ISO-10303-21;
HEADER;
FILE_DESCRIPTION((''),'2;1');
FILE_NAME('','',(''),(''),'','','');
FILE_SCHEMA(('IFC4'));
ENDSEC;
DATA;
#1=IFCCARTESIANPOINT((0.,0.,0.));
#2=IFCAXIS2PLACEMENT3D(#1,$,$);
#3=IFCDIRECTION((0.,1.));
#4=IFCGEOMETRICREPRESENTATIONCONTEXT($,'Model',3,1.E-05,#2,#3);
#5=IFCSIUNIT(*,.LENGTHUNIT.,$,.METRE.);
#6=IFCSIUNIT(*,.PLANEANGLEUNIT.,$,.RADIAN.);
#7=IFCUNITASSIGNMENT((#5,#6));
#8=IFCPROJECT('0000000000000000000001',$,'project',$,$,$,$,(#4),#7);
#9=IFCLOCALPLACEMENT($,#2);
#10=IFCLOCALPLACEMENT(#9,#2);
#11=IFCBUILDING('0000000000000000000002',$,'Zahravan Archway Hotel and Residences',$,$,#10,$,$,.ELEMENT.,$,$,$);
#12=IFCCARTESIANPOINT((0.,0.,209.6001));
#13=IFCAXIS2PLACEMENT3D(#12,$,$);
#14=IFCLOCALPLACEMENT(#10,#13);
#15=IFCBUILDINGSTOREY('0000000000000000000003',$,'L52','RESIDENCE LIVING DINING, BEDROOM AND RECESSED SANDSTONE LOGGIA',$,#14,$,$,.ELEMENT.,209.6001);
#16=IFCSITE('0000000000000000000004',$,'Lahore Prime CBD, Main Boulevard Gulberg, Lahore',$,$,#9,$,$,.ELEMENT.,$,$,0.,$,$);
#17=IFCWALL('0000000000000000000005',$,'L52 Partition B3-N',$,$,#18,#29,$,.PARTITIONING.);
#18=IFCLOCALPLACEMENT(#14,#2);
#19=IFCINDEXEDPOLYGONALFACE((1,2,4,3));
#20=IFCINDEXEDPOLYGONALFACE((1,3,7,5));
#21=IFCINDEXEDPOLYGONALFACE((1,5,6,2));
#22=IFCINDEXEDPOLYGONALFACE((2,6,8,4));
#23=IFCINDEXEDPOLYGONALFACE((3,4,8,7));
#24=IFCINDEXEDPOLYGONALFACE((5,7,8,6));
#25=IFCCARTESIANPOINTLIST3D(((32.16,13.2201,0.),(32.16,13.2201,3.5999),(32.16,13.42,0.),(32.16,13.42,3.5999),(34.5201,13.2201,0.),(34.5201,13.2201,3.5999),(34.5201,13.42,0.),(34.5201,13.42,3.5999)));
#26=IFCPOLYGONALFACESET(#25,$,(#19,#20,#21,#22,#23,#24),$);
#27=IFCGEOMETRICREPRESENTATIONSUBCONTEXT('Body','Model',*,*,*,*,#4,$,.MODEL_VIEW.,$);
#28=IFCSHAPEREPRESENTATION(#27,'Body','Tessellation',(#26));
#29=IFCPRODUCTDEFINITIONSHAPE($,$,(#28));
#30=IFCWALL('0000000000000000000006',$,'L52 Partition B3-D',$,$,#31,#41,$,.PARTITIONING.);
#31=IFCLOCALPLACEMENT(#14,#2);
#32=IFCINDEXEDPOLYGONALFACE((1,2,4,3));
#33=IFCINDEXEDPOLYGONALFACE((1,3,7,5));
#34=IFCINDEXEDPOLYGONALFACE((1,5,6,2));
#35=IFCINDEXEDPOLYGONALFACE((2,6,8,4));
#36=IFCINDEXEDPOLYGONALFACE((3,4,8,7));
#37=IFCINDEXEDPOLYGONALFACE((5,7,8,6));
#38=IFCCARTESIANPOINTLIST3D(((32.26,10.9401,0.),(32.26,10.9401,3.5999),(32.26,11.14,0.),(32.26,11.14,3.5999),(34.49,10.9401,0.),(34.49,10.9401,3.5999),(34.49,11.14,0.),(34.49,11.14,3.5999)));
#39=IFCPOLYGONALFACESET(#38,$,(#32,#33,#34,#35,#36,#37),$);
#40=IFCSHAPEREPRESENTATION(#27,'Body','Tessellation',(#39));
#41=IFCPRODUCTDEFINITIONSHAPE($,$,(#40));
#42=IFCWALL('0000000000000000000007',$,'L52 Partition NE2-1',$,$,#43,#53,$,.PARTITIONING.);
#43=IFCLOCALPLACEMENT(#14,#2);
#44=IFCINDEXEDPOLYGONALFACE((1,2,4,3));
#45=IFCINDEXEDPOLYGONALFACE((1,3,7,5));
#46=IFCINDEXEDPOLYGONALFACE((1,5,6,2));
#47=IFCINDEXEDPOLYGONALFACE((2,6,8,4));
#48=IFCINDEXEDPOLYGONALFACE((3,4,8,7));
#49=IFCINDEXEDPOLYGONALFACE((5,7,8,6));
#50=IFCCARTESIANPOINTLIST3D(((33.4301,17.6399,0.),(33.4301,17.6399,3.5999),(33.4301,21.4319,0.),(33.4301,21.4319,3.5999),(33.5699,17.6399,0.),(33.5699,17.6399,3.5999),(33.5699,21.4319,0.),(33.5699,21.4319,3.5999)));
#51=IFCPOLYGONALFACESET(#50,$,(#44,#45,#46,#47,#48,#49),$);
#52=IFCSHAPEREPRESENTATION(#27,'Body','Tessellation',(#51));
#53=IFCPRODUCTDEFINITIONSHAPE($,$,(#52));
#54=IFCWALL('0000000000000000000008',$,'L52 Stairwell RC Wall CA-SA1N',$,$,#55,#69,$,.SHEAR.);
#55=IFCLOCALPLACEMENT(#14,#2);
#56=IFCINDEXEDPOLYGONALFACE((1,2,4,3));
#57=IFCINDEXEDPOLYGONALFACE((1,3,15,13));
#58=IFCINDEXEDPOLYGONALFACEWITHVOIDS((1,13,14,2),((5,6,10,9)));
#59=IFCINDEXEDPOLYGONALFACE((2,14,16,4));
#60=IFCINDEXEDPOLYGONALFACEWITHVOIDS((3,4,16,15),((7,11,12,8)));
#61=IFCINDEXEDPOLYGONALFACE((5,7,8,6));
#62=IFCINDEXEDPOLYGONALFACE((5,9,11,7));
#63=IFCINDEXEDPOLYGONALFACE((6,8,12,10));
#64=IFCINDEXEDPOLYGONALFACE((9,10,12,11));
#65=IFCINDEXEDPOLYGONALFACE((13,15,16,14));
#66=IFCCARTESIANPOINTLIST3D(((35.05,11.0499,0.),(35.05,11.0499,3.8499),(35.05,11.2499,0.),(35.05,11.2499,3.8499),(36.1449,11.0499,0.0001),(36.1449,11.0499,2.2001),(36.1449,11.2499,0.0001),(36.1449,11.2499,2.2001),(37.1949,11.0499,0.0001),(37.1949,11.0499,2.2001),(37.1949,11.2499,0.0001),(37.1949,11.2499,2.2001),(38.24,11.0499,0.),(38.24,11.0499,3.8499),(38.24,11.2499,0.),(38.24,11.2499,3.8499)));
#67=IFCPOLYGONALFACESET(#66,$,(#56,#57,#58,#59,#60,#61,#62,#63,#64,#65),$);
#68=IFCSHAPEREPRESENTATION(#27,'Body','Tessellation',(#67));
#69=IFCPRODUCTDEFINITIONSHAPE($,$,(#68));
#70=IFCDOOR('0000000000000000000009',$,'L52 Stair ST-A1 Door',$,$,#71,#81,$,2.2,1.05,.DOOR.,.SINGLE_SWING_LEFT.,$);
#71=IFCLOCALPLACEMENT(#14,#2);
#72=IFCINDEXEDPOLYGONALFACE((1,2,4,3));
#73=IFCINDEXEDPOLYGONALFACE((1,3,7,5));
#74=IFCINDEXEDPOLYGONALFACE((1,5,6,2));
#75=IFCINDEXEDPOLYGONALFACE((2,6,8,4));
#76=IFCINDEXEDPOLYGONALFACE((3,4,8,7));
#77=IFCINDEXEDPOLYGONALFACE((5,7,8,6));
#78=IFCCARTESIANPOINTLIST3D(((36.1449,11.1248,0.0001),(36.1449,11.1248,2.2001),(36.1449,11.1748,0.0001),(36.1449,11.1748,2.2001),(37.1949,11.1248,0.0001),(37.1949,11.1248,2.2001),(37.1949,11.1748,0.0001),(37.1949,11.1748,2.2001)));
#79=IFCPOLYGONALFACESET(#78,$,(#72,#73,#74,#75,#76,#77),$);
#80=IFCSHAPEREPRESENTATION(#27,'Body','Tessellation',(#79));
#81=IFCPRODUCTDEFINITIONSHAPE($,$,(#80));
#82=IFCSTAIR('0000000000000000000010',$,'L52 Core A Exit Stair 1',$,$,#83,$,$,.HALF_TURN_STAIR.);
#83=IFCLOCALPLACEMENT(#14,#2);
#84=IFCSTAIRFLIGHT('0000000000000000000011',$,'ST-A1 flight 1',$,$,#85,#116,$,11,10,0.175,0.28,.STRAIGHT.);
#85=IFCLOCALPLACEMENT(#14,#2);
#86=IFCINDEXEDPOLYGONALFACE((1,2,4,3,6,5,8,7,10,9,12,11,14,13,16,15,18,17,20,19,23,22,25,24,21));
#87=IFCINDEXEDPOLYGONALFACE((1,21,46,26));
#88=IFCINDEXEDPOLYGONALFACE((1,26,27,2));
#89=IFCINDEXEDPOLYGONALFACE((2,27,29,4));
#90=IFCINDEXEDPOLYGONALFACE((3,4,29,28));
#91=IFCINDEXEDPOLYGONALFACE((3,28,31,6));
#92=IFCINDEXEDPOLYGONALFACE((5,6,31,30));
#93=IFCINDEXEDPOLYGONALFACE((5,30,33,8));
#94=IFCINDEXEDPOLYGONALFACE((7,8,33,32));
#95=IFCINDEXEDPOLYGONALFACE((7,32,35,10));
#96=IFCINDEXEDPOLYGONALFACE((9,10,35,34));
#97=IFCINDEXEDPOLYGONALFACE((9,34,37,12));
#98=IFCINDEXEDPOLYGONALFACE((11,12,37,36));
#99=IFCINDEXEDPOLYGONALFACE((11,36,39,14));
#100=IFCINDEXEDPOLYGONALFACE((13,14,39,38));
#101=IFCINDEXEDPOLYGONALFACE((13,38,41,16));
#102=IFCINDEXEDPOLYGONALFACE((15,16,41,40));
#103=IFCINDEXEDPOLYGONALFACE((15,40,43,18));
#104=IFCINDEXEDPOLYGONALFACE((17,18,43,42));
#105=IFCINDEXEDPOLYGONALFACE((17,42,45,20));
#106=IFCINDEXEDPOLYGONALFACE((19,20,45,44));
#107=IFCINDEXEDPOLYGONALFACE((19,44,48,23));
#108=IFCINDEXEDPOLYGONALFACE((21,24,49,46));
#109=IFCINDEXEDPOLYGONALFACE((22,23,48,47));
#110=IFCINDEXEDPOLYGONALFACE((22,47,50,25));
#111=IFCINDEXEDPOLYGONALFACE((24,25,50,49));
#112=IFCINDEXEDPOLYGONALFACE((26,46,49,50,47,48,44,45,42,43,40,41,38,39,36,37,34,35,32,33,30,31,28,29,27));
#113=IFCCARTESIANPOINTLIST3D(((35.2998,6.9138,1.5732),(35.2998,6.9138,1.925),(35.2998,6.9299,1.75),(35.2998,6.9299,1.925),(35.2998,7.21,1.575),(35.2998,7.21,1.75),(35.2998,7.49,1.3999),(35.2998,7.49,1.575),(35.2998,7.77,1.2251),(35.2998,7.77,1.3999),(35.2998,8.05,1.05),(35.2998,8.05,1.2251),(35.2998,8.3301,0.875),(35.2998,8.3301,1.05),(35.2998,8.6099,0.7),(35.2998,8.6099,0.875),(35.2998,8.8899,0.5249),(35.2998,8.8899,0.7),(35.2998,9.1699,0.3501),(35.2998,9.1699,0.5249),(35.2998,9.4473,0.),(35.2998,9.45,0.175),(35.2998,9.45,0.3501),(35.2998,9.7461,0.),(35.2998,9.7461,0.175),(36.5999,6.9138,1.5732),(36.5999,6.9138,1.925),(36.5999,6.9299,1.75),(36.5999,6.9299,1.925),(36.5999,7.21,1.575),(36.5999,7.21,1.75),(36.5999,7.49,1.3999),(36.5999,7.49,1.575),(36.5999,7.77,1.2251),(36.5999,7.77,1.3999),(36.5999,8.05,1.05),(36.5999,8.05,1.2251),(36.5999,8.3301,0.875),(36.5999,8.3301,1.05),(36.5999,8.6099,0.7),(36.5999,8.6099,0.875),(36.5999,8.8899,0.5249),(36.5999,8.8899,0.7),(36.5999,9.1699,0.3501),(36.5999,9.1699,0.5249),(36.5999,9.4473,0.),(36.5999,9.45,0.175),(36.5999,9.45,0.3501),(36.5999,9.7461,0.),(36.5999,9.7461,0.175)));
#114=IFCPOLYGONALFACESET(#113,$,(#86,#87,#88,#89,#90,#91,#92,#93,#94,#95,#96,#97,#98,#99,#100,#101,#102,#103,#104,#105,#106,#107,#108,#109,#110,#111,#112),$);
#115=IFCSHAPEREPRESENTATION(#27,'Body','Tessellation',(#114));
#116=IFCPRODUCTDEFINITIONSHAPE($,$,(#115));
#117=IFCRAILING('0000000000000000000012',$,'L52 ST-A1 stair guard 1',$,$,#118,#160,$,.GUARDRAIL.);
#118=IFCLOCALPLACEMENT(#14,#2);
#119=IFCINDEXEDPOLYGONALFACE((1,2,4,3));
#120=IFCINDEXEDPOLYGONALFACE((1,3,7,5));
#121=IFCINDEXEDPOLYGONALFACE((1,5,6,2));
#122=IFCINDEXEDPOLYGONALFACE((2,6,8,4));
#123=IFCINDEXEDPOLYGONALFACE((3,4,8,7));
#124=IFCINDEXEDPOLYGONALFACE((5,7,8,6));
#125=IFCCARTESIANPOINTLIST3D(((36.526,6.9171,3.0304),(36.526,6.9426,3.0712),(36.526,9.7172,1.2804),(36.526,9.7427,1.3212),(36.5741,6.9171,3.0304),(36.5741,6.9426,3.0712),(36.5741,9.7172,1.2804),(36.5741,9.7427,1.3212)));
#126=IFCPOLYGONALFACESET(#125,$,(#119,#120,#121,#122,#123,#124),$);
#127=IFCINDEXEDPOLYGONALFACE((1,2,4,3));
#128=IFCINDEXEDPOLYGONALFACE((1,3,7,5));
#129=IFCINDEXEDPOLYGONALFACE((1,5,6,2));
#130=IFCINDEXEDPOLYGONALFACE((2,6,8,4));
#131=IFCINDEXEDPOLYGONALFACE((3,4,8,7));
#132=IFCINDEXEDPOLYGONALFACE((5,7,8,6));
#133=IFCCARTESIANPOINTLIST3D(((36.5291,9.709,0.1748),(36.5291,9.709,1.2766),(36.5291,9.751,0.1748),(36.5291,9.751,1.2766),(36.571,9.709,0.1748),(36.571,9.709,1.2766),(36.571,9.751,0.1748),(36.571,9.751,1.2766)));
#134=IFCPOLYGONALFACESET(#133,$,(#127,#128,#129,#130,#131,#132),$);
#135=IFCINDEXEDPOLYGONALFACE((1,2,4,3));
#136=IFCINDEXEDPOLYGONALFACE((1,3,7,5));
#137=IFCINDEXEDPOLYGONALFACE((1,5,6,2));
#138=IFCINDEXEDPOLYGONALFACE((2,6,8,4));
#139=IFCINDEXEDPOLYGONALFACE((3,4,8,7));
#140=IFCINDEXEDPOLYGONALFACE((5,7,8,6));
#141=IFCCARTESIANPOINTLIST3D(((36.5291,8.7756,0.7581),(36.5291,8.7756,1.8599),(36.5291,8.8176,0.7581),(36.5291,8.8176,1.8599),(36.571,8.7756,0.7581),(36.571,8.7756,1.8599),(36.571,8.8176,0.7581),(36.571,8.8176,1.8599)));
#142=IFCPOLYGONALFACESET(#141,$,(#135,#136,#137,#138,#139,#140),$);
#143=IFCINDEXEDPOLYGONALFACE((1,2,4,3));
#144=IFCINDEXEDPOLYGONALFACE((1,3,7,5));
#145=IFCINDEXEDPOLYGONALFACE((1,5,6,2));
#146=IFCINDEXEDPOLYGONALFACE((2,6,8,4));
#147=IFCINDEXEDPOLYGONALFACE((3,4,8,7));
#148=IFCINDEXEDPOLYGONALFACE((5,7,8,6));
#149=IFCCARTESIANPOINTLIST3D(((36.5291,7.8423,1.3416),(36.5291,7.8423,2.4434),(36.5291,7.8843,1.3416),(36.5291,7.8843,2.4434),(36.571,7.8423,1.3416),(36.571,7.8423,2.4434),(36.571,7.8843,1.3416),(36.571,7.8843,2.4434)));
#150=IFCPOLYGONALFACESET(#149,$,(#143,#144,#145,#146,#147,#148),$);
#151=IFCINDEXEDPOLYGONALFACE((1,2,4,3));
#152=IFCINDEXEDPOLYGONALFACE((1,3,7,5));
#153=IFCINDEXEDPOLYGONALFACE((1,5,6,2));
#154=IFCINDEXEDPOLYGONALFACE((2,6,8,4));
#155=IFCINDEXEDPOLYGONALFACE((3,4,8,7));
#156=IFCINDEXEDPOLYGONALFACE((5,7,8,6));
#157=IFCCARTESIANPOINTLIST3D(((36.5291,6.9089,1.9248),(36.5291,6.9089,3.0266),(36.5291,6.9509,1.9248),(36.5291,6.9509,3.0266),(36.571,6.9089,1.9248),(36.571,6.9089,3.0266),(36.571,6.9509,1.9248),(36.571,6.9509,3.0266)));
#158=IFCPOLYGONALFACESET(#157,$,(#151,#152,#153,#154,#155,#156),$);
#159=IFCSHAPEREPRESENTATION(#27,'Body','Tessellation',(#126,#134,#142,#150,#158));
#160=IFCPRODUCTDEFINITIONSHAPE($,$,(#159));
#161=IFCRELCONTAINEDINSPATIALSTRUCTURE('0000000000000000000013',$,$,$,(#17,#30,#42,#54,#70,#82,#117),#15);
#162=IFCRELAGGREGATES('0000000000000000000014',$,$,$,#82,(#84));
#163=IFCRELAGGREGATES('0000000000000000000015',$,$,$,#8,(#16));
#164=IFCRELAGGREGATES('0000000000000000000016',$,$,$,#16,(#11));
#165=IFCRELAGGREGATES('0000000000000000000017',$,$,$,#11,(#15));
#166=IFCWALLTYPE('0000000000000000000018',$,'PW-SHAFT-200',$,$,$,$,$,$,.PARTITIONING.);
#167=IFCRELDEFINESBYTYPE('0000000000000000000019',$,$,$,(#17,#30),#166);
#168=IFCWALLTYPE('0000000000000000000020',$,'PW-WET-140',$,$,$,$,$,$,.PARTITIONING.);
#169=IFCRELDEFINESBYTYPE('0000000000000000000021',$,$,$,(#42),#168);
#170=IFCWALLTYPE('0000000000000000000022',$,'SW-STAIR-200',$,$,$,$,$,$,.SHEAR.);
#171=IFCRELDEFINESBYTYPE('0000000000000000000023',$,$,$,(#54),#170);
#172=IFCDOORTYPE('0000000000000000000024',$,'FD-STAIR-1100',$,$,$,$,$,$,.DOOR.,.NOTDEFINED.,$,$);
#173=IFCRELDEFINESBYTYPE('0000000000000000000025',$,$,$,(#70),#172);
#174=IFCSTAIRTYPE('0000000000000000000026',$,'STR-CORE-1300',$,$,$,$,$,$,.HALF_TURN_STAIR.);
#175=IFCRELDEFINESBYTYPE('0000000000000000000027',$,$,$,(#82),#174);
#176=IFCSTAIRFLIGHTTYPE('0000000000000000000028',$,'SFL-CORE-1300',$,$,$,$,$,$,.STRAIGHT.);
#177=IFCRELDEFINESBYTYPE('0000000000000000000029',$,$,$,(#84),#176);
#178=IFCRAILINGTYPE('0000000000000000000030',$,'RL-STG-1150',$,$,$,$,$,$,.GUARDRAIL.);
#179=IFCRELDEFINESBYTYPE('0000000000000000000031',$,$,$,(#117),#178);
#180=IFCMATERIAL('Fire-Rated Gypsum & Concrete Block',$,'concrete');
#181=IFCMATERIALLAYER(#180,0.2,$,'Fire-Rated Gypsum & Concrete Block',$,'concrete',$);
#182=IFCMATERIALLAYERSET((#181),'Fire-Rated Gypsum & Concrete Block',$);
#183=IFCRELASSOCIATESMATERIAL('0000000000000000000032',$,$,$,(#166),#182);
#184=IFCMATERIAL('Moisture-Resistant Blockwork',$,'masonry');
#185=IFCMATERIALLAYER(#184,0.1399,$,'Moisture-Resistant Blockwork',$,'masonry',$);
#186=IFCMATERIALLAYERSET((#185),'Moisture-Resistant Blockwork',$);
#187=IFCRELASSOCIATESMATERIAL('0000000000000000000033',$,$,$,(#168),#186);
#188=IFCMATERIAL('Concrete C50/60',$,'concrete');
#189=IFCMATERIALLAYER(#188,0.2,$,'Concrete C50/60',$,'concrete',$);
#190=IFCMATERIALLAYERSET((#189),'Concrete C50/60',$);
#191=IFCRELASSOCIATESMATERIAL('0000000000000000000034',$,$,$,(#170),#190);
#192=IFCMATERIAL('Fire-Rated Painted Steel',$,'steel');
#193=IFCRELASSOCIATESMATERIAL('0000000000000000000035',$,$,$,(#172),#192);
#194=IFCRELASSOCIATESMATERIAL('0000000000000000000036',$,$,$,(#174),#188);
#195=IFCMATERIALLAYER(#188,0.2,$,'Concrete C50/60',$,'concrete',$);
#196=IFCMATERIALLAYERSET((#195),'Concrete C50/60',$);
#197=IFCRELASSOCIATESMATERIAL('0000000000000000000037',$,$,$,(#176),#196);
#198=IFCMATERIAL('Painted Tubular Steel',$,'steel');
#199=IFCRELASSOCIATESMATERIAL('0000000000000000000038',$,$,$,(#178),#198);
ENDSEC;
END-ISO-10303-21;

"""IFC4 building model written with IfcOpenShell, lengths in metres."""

from ifc_helpers import new_model, si_unit, direction, frame, frame_2d, origin, origin_2d, place, context, subcontext, project, spatial, polyline, rectangle, outline, extrude, source, transform, mapped, material, layer, layer_set, type_object, type_shapes, element, fill, aggregate, save


model = new_model("IFC4")

# Units and contexts
model_context = context("Model", 3, precision=1e-05, world=origin(), true_north=direction((0.0, 1.0)))
body_context = subcontext(model_context, "Body", "Model", "MODEL_VIEW")
ifc_project = project(units=[si_unit("LENGTHUNIT", "METRE"), si_unit("PLANEANGLEUNIT", "RADIAN")], contexts=[model_context])

# Site, building, storey
site_placement = place(None, origin())
site = spatial("IfcSite", under=ifc_project, at=site_placement, Name="Lahore Prime CBD, Main Boulevard Gulberg, Lahore", CompositionType="ELEMENT", RefElevation=0.0)
building_placement = place(site_placement, origin())
building = spatial("IfcBuilding", under=site, at=building_placement, Name="Zahravan Archway Hotel and Residences", CompositionType="ELEMENT")
storey_placement = place(building_placement, frame((0.0, 0.0, 209.6001)))
storey = spatial("IfcBuildingStorey", under=building, at=storey_placement, Name="L52", Description="RESIDENCE LIVING DINING, BEDROOM AND RECESSED SANDSTONE LOGGIA", CompositionType="ELEMENT", Elevation=209.6001)

# Shared definitions
ifc_material_1 = material(Name="Fire-Rated Painted Steel", Category="steel")

# Walls
ifc_material_2 = material(Name="Fire-Rated Gypsum & Concrete Block", Category="concrete")
ifc_layer_1 = layer(ifc_material_2, 0.2, Name="Fire-Rated Gypsum & Concrete Block", Category="concrete")
ifc_layer_set_1 = layer_set([ifc_layer_1], Name="Fire-Rated Gypsum & Concrete Block")
wall_type_1 = type_object("IfcWallType", Name="PW-SHAFT-200", PredefinedType="PARTITIONING", material=ifc_layer_set_1)
wall_1_placement = place(storey_placement, frame((32.1599, 13.3201, 0.0), z_axis=(0.0, 0.0, 1.0), x_axis=(1.0, 0.0, 0.0)))
element("IfcWall", 1, at=wall_1_placement, inside=storey, type_object=wall_type_1, Name="L52 Partition B3-N", PredefinedType="PARTITIONING", context=body_context, shape_type="SweptSolid", body=[
    extrude(rectangle(XDim=2.3601, YDim=0.2, at=frame_2d((1.1802, 0.0))), origin(), (0.0, 0.0, 1.0), 3.5999),
])
wall_2_placement = place(storey_placement, frame((32.26, 11.04, 0.0), z_axis=(0.0, 0.0, 1.0), x_axis=(1.0, 0.0, 0.0)))
element("IfcWall", 2, at=wall_2_placement, inside=storey, type_object=wall_type_1, Name="L52 Partition B3-D", PredefinedType="PARTITIONING", context=body_context, shape_type="SweptSolid", body=[
    extrude(rectangle(XDim=2.23, YDim=0.2, at=frame_2d((1.115, 0.0))), origin(), (0.0, 0.0, 1.0), 3.5999),
])
ifc_material_3 = material(Name="Moisture-Resistant Blockwork", Category="masonry")
ifc_layer_2 = layer(ifc_material_3, 0.1399, Name="Moisture-Resistant Blockwork", Category="masonry")
ifc_layer_set_2 = layer_set([ifc_layer_2], Name="Moisture-Resistant Blockwork")
wall_type_2 = type_object("IfcWallType", Name="PW-WET-140", PredefinedType="PARTITIONING", material=ifc_layer_set_2)
wall_3_placement = place(storey_placement, frame((33.5, 17.6399, 0.0), z_axis=(0.0, 0.0, 1.0), x_axis=(0.0, 1.0, 0.0)))
element("IfcWall", 3, at=wall_3_placement, inside=storey, type_object=wall_type_2, Name="L52 Partition NE2-1", PredefinedType="PARTITIONING", context=body_context, shape_type="SweptSolid", body=[
    extrude(rectangle(XDim=3.792, YDim=0.1399, at=frame_2d((1.896, 0.0))), origin(), (0.0, 0.0, 1.0), 3.5999),
])

# Wall, opening, door
ifc_material_4 = material(Name="Concrete C50/60", Category="concrete")
ifc_layer_3 = layer(ifc_material_4, 0.2, Name="Concrete C50/60", Category="concrete")
ifc_layer_set_3 = layer_set([ifc_layer_3], Name="Concrete C50/60")
wall_type_3 = type_object("IfcWallType", Name="SW-STAIR-200", PredefinedType="SHEAR", material=ifc_layer_set_3)
wall_4_placement = place(storey_placement, frame((35.05, 11.1499, 0.0), z_axis=(0.0, 0.0, 1.0), x_axis=(1.0, 0.0, 0.0)))
wall_4 = element("IfcWall", 4, at=wall_4_placement, inside=storey, type_object=wall_type_3, Name="L52 Stairwell RC Wall CA-SA1N", PredefinedType="SHEAR", context=body_context, shape_type="SweptSolid", body=[
    extrude(rectangle(XDim=3.1899, YDim=0.2, at=frame_2d((1.595, 0.0))), origin(), (0.0, 0.0, 1.0), 3.8499),
])
opening_1_placement = place(wall_4_placement, frame((1.095, 0.0, 0.0)))
opening_1 = element("IfcOpeningElement", 5, at=opening_1_placement, cuts=wall_4, PredefinedType="OPENING", context=body_context, shape_type="SweptSolid", body=[
    extrude(rectangle(XDim=1.05, YDim=2.2, at=frame_2d((0.5249, 1.1001))), frame((0.0, 0.1099, 0.0), z_axis=(0.0, -1.0, 0.0), x_axis=(1.0, 0.0, 0.0)), (0.0, 0.0, 1.0), 0.22),
])
door_type_1 = type_object("IfcDoorType", Name="FD-STAIR-1100", OperationType="NOTDEFINED", PredefinedType="DOOR", material=ifc_material_1)
shared_shape_1 = source(origin(), body_context, "Body", "SweptSolid", [
    extrude(rectangle(XDim=1.05, YDim=2.2, at=frame_2d((0.5249, 1.1001))), frame((0.0, 0.0249, 0.0), z_axis=(0.0, -1.0, 0.0), x_axis=(1.0, 0.0, 0.0)), (0.0, 0.0, 1.0), 0.05),
])
type_shapes(door_type_1, [shared_shape_1])
door_1_placement = place(opening_1_placement, origin())
door_1 = element("IfcDoor", 6, at=door_1_placement, inside=storey, type_object=door_type_1, Name="L52 Stair ST-A1 Door", OperationType="SINGLE_SWING_LEFT", OverallHeight=2.2, OverallWidth=1.05, PredefinedType="DOOR", context=body_context, shape_type="MappedRepresentation", body=[
    mapped(shared_shape_1, transform((0.0, 0.0, 0.0), scale=1.0)),
])
fill(opening_1, door_1)

# Stair, stair flight
stair_type = type_object("IfcStairType", Name="STR-CORE-1300", PredefinedType="HALF_TURN_STAIR", material=ifc_material_4)
stair_placement = place(storey_placement, origin())
stair = element("IfcStair", 7, at=stair_placement, inside=storey, type_object=stair_type, Name="L52 Core A Exit Stair 1", PredefinedType="HALF_TURN_STAIR")
ifc_layer_4 = layer(ifc_material_4, 0.2, Name="Concrete C50/60", Category="concrete")
ifc_layer_set_4 = layer_set([ifc_layer_4], Name="Concrete C50/60")
stair_flight_type = type_object("IfcStairFlightType", Name="SFL-CORE-1300", PredefinedType="STRAIGHT", material=ifc_layer_set_4)
shared_shape_2 = source(origin(), body_context, "Body", "SweptSolid", [
    extrude(outline(polyline([(-0.0161, 0.0), (-0.0161, 0.175), (0.28, 0.175), (0.28, 0.3501), (0.5601, 0.3501), (0.5601, 0.5249), (0.8401, 0.5249), (0.8401, 0.7), (1.1201, 0.7), (1.1201, 0.875), (1.3999, 0.875), (1.3999, 1.05), (1.6799, 1.05), (1.6799, 1.2251), (1.96, 1.2251), (1.96, 1.3999), (2.24, 1.3999), (2.24, 1.575), (2.52, 1.575), (2.52, 1.75), (2.8, 1.75), (2.8, 1.925), (2.8162, 1.925), (2.8162, 1.5732), (0.2827, 0.0), (-0.0161, 0.0)])), frame((0.0, 0.6499, 0.0), z_axis=(0.0, -1.0, 0.0), x_axis=(1.0, 0.0, 0.0)), (0.0, 0.0, 1.0), 1.3),
])
stair_flight_placement = place(storey_placement, frame((35.95, 9.73, 0.0), z_axis=(0.0, 0.0, 1.0), x_axis=(0.0, -1.0, 0.0)))
stair_flight = element("IfcStairFlight", 8, at=stair_flight_placement, type_object=stair_flight_type, Name="ST-A1 flight 1", NumberOfRisers=11, NumberOfTreads=10, PredefinedType="STRAIGHT", RiserHeight=0.175, TreadLength=0.28, context=body_context, shape_type="MappedRepresentation", body=[
    mapped(shared_shape_2, transform((0.0, 0.0, 0.0), scale=1.0)),
])
aggregate(stair, [stair_flight])

# Railing
ifc_material_5 = material(Name="Painted Tubular Steel", Category="steel")
railing_type_1 = type_object("IfcRailingType", Name="RL-STG-1150", PredefinedType="GUARDRAIL", material=ifc_material_5)
railing_1_placement = place(storey_placement, frame((36.55, 9.73, 0.1748)))
element("IfcRailing", 9, at=railing_1_placement, inside=storey, type_object=railing_type_1, Name="L52 ST-A1 stair guard 1", PredefinedType="GUARDRAIL", context=body_context, shape_type="SweptSolid", body=[
    extrude(rectangle(XDim=0.0481, YDim=0.0481, at=origin_2d()), frame((0.0, 0.0, 1.126), z_axis=(0.0, -0.848002, 0.529992), x_axis=(1.0, 0.0, 0.0)), (0.0, 0.0, 1.0), 3.302),
    extrude(rectangle(XDim=0.042, YDim=0.042, at=origin_2d()), origin(), (0.0, 0.0, 1.0), 1.1018),
    extrude(rectangle(XDim=0.042, YDim=0.042, at=origin_2d()), frame((0.0, -0.9333, 0.5833)), (0.0, 0.0, 1.0), 1.1018),
    extrude(rectangle(XDim=0.042, YDim=0.042, at=origin_2d()), frame((0.0, -1.8667, 1.1667)), (0.0, 0.0, 1.0), 1.1018),
    extrude(rectangle(XDim=0.042, YDim=0.042, at=origin_2d()), frame((0.0, -2.8, 1.75)), (0.0, 0.0, 1.0), 1.1018),
])

save(model, "model.ifc")
